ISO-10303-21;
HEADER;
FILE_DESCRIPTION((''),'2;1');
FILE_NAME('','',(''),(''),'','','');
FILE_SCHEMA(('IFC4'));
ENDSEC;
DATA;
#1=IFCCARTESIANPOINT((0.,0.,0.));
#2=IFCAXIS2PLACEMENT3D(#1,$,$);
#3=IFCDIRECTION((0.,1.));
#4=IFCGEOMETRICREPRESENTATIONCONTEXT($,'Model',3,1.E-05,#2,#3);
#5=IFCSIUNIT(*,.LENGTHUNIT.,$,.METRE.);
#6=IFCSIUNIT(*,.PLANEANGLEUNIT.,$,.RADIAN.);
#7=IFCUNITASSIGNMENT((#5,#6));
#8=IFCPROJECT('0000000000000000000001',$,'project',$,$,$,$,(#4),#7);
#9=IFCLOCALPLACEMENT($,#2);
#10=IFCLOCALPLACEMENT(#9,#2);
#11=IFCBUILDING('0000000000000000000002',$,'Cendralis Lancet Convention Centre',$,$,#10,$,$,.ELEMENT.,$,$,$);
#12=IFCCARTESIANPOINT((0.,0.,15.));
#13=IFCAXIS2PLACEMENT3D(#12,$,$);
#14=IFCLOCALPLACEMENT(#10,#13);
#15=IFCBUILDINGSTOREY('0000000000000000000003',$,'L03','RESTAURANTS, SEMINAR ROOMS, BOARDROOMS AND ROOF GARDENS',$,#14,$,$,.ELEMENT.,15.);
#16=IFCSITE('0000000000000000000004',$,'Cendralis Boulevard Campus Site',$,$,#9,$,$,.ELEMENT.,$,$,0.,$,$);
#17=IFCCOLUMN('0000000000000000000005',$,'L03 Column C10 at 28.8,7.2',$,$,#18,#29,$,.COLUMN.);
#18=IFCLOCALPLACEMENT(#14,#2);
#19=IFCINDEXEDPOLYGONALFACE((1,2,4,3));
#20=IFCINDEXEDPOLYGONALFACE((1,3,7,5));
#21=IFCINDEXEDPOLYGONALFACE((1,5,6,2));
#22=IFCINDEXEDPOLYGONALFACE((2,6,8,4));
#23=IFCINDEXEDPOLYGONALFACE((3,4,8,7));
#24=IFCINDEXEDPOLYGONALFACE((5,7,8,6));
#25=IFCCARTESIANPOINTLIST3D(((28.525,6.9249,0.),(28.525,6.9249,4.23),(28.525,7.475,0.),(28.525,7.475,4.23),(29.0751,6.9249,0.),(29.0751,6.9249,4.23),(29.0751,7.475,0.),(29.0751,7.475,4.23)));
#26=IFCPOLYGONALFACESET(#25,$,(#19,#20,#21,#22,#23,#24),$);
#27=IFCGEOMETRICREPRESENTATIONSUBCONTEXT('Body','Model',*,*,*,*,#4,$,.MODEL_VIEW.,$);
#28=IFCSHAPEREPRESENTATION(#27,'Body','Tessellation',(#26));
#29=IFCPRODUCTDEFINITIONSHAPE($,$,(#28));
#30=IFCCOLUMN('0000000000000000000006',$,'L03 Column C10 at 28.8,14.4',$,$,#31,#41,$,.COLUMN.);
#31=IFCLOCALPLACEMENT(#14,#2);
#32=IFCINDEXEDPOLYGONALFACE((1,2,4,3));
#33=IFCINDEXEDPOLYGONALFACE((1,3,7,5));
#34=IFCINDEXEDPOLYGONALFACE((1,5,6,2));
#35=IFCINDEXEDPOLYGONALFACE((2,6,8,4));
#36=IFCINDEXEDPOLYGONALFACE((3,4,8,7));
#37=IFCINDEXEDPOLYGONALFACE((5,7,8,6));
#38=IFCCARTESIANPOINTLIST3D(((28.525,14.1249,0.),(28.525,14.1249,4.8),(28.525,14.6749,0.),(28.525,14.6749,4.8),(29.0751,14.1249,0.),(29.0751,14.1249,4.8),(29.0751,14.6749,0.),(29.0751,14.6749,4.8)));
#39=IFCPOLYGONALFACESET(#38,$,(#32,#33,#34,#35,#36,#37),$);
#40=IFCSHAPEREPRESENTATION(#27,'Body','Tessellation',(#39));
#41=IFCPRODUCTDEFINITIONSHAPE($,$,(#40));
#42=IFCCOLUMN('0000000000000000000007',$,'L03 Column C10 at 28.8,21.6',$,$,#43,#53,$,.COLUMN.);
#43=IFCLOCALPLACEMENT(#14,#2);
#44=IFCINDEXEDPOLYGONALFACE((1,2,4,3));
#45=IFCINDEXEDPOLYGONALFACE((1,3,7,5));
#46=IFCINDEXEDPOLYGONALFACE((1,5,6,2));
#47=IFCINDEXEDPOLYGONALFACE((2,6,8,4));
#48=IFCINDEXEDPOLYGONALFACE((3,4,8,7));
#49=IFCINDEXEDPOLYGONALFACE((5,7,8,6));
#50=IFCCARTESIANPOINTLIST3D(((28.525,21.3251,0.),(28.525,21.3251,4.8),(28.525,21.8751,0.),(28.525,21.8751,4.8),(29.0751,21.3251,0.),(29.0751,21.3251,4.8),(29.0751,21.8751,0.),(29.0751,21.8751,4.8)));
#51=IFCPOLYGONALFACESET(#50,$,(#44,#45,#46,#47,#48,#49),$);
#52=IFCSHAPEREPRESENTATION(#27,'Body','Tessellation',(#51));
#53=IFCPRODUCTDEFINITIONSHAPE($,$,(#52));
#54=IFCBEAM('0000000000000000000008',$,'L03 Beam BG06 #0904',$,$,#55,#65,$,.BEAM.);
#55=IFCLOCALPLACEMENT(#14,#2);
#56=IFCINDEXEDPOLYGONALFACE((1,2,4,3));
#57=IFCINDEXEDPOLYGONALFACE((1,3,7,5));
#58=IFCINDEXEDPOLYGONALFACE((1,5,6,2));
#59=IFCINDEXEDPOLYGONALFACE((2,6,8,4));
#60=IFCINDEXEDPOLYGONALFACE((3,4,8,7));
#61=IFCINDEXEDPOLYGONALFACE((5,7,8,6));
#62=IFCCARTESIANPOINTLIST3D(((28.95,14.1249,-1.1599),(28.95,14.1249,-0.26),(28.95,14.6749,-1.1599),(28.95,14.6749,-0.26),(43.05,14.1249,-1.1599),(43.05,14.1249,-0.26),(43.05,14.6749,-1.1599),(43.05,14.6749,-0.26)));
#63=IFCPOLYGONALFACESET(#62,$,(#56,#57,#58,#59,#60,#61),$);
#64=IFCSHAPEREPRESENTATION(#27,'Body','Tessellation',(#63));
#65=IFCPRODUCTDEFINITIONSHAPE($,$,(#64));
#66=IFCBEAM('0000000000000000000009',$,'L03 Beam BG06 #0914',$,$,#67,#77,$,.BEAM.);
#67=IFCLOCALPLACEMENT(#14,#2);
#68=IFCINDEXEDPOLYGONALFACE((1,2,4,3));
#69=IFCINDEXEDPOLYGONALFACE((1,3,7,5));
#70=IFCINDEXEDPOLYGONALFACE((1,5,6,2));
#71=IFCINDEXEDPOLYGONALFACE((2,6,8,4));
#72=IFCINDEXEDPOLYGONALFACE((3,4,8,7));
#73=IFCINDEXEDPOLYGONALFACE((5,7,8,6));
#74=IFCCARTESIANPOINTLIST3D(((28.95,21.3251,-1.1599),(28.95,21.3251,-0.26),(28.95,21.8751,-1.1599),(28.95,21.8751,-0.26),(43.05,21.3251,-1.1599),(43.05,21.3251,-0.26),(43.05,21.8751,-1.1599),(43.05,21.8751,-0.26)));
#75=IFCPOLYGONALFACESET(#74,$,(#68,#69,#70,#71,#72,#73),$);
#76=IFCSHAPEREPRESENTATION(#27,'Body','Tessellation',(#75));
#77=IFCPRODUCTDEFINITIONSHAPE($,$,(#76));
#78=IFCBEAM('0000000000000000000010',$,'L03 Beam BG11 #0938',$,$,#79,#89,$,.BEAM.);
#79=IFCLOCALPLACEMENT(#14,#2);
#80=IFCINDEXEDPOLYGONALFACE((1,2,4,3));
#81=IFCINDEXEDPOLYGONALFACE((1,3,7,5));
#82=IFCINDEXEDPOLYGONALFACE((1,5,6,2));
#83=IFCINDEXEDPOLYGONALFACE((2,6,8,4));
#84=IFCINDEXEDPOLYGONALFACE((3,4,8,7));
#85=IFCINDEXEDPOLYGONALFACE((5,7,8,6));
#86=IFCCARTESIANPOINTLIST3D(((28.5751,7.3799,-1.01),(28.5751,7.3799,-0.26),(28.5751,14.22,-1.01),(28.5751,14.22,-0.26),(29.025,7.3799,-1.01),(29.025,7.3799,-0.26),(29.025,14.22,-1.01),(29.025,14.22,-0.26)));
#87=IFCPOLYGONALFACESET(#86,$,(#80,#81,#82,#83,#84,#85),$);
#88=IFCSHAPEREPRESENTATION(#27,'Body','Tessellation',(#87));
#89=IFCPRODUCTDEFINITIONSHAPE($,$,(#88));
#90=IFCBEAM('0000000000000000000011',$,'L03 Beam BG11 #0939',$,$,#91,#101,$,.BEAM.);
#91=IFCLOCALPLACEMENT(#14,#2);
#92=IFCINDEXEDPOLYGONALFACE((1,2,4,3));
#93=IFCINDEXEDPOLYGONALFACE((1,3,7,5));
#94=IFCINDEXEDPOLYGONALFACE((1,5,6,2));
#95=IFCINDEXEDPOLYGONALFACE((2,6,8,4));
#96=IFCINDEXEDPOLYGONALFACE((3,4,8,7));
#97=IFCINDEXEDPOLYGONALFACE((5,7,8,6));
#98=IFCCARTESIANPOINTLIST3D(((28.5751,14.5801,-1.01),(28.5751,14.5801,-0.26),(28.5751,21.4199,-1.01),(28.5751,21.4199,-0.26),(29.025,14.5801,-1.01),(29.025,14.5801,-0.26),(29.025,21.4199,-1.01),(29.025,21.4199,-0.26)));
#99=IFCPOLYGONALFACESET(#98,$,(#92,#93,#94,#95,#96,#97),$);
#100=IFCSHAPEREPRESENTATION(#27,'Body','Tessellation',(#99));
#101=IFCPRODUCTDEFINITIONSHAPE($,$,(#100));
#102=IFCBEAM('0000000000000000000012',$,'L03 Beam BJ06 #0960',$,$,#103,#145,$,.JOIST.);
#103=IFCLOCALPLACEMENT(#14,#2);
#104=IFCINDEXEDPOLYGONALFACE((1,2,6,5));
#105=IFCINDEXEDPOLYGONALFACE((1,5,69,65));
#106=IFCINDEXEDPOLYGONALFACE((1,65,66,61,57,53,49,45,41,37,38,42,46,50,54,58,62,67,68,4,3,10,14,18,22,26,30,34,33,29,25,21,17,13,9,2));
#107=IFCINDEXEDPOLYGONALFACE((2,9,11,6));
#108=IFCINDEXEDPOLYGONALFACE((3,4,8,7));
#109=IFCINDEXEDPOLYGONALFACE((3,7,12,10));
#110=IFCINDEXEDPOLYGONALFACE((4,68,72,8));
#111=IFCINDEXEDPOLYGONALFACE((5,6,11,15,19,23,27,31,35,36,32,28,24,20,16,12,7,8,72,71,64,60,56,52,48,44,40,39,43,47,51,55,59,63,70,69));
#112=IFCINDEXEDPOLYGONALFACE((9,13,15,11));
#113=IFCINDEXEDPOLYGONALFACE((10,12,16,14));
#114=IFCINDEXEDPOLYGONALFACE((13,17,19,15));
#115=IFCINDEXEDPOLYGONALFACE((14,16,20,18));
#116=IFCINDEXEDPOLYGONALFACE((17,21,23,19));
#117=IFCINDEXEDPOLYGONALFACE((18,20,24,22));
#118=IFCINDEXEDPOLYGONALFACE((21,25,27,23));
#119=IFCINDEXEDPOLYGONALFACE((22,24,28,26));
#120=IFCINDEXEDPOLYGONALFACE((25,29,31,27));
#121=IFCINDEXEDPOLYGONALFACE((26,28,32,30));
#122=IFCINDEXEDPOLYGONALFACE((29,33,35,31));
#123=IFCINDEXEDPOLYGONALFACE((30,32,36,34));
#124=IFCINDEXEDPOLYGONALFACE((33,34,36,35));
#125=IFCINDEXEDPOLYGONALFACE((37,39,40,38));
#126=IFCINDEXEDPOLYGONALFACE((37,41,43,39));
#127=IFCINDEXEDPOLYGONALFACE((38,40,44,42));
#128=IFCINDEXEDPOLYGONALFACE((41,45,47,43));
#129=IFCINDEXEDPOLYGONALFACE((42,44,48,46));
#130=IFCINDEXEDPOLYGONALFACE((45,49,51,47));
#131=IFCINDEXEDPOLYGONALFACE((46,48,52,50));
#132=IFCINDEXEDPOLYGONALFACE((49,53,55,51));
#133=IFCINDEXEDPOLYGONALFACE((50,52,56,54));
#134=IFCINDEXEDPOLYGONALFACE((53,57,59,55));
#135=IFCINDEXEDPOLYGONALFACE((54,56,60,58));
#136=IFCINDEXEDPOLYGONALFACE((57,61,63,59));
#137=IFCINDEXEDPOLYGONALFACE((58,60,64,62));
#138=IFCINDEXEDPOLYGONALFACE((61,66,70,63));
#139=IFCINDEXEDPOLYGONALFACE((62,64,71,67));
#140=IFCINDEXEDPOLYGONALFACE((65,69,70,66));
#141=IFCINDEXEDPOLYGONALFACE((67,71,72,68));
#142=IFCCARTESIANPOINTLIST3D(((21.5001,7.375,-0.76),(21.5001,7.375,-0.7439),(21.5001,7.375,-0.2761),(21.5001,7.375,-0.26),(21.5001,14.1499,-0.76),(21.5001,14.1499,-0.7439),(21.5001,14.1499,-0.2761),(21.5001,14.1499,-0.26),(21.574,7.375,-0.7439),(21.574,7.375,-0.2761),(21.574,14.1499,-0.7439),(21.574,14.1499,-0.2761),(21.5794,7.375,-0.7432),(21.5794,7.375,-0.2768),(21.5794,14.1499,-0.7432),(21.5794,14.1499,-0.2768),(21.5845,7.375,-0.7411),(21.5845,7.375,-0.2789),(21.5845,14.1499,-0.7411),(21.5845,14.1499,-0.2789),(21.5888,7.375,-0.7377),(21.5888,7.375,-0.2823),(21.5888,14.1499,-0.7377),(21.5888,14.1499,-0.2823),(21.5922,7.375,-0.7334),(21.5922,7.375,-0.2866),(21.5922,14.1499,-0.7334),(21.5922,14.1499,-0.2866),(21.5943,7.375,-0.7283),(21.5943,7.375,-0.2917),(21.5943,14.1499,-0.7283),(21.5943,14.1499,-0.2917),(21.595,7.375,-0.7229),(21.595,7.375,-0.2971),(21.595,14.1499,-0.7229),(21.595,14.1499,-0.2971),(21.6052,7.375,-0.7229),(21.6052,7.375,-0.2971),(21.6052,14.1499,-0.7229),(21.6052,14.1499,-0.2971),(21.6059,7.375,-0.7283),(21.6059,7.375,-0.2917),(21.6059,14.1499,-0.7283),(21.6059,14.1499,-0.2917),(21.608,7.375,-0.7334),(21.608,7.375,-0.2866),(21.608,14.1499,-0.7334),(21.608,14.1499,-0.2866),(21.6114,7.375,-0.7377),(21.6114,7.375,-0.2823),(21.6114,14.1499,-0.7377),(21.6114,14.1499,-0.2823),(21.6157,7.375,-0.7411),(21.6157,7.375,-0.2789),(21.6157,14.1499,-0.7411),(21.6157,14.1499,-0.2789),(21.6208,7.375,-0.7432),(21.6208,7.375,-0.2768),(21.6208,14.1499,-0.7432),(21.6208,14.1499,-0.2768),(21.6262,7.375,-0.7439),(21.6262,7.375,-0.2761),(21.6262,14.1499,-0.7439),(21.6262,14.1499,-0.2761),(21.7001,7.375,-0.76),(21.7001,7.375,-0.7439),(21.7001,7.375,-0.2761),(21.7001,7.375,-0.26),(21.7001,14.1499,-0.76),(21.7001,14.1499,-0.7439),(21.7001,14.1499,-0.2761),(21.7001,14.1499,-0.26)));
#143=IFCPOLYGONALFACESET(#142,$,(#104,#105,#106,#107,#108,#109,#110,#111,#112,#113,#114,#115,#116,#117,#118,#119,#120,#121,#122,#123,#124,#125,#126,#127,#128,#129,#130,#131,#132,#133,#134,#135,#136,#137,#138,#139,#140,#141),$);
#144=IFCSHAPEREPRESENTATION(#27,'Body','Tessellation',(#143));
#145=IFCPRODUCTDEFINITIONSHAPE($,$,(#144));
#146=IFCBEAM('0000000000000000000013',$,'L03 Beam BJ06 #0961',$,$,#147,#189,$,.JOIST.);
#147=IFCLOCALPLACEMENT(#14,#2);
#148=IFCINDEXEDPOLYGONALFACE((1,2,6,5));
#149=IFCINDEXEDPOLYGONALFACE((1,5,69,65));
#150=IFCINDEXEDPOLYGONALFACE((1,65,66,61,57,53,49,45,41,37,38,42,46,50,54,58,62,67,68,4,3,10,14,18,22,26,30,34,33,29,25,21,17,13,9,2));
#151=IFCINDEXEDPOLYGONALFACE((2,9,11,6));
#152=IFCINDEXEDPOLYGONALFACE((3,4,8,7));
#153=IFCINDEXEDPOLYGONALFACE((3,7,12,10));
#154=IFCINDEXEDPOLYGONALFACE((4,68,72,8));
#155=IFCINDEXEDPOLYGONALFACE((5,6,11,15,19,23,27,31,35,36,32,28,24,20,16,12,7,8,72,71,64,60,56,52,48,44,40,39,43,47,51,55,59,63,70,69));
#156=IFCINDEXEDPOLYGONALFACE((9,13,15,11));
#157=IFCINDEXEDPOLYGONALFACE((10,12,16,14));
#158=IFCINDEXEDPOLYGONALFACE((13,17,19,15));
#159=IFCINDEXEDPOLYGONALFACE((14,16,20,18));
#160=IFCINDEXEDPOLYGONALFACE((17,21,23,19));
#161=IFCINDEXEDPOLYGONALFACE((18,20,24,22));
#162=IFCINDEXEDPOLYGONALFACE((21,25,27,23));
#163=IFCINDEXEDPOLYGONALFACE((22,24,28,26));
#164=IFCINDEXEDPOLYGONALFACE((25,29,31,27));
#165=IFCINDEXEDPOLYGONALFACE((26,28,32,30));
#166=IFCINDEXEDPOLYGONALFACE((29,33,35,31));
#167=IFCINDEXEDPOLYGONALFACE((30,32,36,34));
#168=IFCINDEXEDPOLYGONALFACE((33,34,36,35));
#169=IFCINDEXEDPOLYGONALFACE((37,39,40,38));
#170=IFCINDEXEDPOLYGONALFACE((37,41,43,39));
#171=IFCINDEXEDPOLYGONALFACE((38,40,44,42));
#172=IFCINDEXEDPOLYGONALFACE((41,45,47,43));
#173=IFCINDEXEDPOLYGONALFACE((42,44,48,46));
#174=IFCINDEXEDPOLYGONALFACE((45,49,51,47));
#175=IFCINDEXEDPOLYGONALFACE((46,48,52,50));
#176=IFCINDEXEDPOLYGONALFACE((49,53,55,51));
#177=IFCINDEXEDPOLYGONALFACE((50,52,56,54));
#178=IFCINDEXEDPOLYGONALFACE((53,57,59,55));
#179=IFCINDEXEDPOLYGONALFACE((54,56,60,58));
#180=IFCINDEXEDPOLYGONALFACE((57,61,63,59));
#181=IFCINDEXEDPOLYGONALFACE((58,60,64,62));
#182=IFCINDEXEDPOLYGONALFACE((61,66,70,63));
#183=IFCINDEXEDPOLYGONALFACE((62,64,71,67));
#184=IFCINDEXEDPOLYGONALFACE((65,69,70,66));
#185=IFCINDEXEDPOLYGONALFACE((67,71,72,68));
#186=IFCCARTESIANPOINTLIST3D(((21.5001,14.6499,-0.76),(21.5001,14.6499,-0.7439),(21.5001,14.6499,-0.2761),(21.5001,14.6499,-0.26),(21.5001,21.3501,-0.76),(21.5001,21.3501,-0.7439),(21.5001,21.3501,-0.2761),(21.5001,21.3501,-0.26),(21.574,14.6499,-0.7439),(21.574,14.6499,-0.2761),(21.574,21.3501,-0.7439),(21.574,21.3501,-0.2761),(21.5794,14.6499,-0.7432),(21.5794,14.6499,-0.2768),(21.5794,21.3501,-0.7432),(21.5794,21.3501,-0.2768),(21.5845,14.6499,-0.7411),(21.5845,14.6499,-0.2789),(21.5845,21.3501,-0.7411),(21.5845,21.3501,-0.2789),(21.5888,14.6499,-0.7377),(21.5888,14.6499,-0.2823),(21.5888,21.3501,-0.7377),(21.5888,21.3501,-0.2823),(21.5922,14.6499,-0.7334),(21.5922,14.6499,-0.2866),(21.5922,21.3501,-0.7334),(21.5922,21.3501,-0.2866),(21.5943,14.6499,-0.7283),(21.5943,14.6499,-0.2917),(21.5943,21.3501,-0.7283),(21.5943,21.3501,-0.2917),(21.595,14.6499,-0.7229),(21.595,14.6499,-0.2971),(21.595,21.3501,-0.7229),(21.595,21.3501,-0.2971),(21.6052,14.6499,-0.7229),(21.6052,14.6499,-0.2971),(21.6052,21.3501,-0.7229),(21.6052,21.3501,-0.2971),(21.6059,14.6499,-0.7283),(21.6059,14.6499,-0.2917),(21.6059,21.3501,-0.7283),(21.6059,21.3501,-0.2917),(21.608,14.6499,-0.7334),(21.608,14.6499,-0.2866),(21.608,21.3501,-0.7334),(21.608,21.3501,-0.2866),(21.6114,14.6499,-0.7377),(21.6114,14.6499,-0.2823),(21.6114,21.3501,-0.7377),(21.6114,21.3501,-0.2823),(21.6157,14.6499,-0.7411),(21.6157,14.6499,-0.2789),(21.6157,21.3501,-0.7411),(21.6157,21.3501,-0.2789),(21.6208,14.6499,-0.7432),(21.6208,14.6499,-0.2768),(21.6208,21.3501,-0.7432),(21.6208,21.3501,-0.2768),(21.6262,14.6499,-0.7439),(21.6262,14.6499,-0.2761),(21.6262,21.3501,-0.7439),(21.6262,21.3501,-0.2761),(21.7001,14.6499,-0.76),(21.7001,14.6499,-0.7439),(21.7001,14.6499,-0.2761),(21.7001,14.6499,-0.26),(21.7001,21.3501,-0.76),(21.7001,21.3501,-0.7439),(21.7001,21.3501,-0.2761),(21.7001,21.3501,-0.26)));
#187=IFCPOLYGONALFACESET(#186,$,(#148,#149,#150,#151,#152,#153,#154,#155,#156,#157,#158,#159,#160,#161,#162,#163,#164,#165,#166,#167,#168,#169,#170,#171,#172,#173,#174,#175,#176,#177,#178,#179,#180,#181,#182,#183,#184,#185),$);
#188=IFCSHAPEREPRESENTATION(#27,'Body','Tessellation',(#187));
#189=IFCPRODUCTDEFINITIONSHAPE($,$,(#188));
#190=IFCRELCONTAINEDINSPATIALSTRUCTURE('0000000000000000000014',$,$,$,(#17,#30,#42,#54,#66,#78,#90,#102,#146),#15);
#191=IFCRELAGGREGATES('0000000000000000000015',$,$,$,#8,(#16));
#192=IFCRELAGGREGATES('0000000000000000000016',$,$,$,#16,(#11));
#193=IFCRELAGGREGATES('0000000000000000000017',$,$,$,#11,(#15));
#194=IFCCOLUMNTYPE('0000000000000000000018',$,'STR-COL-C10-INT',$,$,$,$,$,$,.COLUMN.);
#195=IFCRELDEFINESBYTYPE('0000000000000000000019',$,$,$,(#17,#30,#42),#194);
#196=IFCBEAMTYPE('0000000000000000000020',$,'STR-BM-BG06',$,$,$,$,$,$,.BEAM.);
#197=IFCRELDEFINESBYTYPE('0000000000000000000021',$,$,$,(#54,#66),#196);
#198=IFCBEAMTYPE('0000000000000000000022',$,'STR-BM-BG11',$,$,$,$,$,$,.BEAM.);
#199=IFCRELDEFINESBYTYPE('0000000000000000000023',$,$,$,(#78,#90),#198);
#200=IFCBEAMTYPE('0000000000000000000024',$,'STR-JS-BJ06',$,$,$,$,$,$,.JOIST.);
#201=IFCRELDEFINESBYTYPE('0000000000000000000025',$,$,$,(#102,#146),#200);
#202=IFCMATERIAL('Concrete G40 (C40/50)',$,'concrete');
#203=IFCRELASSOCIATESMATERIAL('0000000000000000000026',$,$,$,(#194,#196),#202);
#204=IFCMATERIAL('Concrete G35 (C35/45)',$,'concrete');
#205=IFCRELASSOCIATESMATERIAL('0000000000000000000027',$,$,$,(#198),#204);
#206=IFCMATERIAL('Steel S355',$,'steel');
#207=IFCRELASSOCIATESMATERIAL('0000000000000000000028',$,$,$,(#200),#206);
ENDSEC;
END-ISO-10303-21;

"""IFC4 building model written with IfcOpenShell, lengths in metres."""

from ifc_helpers import new_model, si_unit, direction, frame, origin, origin_2d, place, context, subcontext, project, spatial, rectangle, i_section, extrude, material, material_profile, profile_set, type_object, element, save


model = new_model("IFC4")

# Units and contexts
model_context = context("Model", 3, precision=1e-05, world=origin(), true_north=direction((0.0, 1.0)))
body_context = subcontext(model_context, "Body", "Model", "MODEL_VIEW")
ifc_project = project(units=[si_unit("LENGTHUNIT", "METRE"), si_unit("PLANEANGLEUNIT", "RADIAN")], contexts=[model_context])

# Site, building, storey
site_placement = place(None, origin())
site = spatial("IfcSite", under=ifc_project, at=site_placement, Name="Cendralis Boulevard Campus Site", CompositionType="ELEMENT", RefElevation=0.0)
building_placement = place(site_placement, origin())
building = spatial("IfcBuilding", under=site, at=building_placement, Name="Cendralis Lancet Convention Centre", CompositionType="ELEMENT")
storey_placement = place(building_placement, frame((0.0, 0.0, 15.0)))
storey = spatial("IfcBuildingStorey", under=building, at=storey_placement, Name="L03", Description="RESTAURANTS, SEMINAR ROOMS, BOARDROOMS AND ROOF GARDENS", CompositionType="ELEMENT", Elevation=15.0)

# Columns
ifc_material_1 = material(Name="Concrete G40 (C40/50)", Category="concrete")
ifc_material_profile_1 = material_profile(ifc_material_1, rectangle(XDim=0.55, YDim=0.55, at=origin_2d()), Name="RC 550x550")
ifc_profile_set_1 = profile_set([ifc_material_profile_1], Name="Concrete G40 (C40/50)")
column_type = type_object("IfcColumnType", Name="STR-COL-C10-INT", PredefinedType="COLUMN", material=ifc_profile_set_1)
column_placement = place(storey_placement, frame((28.8, 7.2, 0.0), z_axis=(0.0, 0.0, 1.0), x_axis=(1.0, 0.0, 0.0)))
element("IfcColumn", 1, at=column_placement, inside=storey, type_object=column_type, Name="L03 Column C10 at 28.8,7.2", PredefinedType="COLUMN", context=body_context, shape_type="SweptSolid", body=[
    extrude(rectangle(XDim=0.55, YDim=0.55, at=origin_2d()), origin(), (0.0, 0.0, 1.0), 4.23),
])
for number, where, z_axis, x_axis, name in (
    (2, (28.8, 14.3999, 0.0), (0.0, 0.0, 1.0), (1.0, 0.0, 0.0), "L03 Column C10 at 28.8,14.4"),
    (3, (28.8, 21.6001, 0.0), (0.0, 0.0, 1.0), (1.0, 0.0, 0.0), "L03 Column C10 at 28.8,21.6"),
):
    element("IfcColumn", number, at=place(storey_placement, frame(where, z_axis=z_axis, x_axis=x_axis)), inside=storey, type_object=column_type, Name=name, PredefinedType="COLUMN", context=body_context, shape_type="SweptSolid", body=[
        extrude(rectangle(XDim=0.55, YDim=0.55, at=origin_2d()), origin(), (0.0, 0.0, 1.0), 4.8),
    ])

# Beams
ifc_material_profile_2 = material_profile(ifc_material_1, rectangle(XDim=0.55, YDim=0.8999, at=origin_2d()), Name="RCB 550x900")
ifc_profile_set_2 = profile_set([ifc_material_profile_2], Name="Concrete G40 (C40/50)")
beam_type_1 = type_object("IfcBeamType", Name="STR-BM-BG06", PredefinedType="BEAM", material=ifc_profile_set_2)
for number, where, z_axis, x_axis, name in (
    (4, (28.95, 14.3999, -0.71), (1.0, 0.0, 0.0), (0.0, 1.0, 0.0), "L03 Beam BG06 #0904"),
    (5, (28.95, 21.6001, -0.71), (1.0, 0.0, 0.0), (0.0, 1.0, 0.0), "L03 Beam BG06 #0914"),
):
    element("IfcBeam", number, at=place(storey_placement, frame(where, z_axis=z_axis, x_axis=x_axis)), inside=storey, type_object=beam_type_1, Name=name, PredefinedType="BEAM", context=body_context, shape_type="SweptSolid", body=[
        extrude(rectangle(XDim=0.55, YDim=0.8999, at=origin_2d()), origin(), (0.0, 0.0, 1.0), 14.1001),
    ])
ifc_material_2 = material(Name="Concrete G35 (C35/45)", Category="concrete")
ifc_material_profile_3 = material_profile(ifc_material_2, rectangle(XDim=0.45, YDim=0.75, at=origin_2d()), Name="RCB 450x750")
ifc_profile_set_3 = profile_set([ifc_material_profile_3], Name="Concrete G35 (C35/45)")
beam_type_2 = type_object("IfcBeamType", Name="STR-BM-BG11", PredefinedType="BEAM", material=ifc_profile_set_3)
beam_1_placement = place(storey_placement, frame((28.8, 7.3799, -0.635), z_axis=(0.0, 1.0, 0.0), x_axis=(-1.0, 0.0, 0.0)))
element("IfcBeam", 6, at=beam_1_placement, inside=storey, type_object=beam_type_2, Name="L03 Beam BG11 #0938", PredefinedType="BEAM", context=body_context, shape_type="SweptSolid", body=[
    extrude(rectangle(XDim=0.45, YDim=0.75, at=origin_2d()), origin(), (0.0, 0.0, 1.0), 6.8401),
])
beam_2_placement = place(storey_placement, frame((28.8, 14.5801, -0.635), z_axis=(0.0, 1.0, 0.0), x_axis=(-1.0, 0.0, 0.0)))
element("IfcBeam", 7, at=beam_2_placement, inside=storey, type_object=beam_type_2, Name="L03 Beam BG11 #0939", PredefinedType="BEAM", context=body_context, shape_type="SweptSolid", body=[
    extrude(rectangle(XDim=0.45, YDim=0.75, at=origin_2d()), origin(), (0.0, 0.0, 1.0), 6.8398),
])
ifc_material_3 = material(Name="Steel S355", Category="steel")
ifc_material_profile_4 = material_profile(ifc_material_3, i_section(OverallWidth=0.2, OverallDepth=0.5, WebThickness=0.0103, FlangeThickness=0.0161, FilletRadius=0.021, at=origin_2d()), Name="IPE 500")
ifc_profile_set_4 = profile_set([ifc_material_profile_4], Name="Steel S355")
beam_type_3 = type_object("IfcBeamType", Name="STR-JS-BJ06", PredefinedType="JOIST", material=ifc_profile_set_4)
beam_3_placement = place(storey_placement, frame((21.6001, 7.375, -0.51), z_axis=(0.0, 1.0, 0.0), x_axis=(-1.0, 0.0, 0.0)))
element("IfcBeam", 8, at=beam_3_placement, inside=storey, type_object=beam_type_3, Name="L03 Beam BJ06 #0960", PredefinedType="JOIST", context=body_context, shape_type="SweptSolid", body=[
    extrude(i_section(OverallWidth=0.2, OverallDepth=0.5, WebThickness=0.0103, FlangeThickness=0.0161, FilletRadius=0.021, at=origin_2d()), origin(), (0.0, 0.0, 1.0), 6.7749),
])
beam_4_placement = place(storey_placement, frame((21.6001, 14.6499, -0.51), z_axis=(0.0, 1.0, 0.0), x_axis=(-1.0, 0.0, 0.0)))
element("IfcBeam", 9, at=beam_4_placement, inside=storey, type_object=beam_type_3, Name="L03 Beam BJ06 #0961", PredefinedType="JOIST", context=body_context, shape_type="SweptSolid", body=[
    extrude(i_section(OverallWidth=0.2, OverallDepth=0.5, WebThickness=0.0103, FlangeThickness=0.0161, FilletRadius=0.021, at=origin_2d()), origin(), (0.0, 0.0, 1.0), 6.7002),
])

save(model, "model.ifc")
